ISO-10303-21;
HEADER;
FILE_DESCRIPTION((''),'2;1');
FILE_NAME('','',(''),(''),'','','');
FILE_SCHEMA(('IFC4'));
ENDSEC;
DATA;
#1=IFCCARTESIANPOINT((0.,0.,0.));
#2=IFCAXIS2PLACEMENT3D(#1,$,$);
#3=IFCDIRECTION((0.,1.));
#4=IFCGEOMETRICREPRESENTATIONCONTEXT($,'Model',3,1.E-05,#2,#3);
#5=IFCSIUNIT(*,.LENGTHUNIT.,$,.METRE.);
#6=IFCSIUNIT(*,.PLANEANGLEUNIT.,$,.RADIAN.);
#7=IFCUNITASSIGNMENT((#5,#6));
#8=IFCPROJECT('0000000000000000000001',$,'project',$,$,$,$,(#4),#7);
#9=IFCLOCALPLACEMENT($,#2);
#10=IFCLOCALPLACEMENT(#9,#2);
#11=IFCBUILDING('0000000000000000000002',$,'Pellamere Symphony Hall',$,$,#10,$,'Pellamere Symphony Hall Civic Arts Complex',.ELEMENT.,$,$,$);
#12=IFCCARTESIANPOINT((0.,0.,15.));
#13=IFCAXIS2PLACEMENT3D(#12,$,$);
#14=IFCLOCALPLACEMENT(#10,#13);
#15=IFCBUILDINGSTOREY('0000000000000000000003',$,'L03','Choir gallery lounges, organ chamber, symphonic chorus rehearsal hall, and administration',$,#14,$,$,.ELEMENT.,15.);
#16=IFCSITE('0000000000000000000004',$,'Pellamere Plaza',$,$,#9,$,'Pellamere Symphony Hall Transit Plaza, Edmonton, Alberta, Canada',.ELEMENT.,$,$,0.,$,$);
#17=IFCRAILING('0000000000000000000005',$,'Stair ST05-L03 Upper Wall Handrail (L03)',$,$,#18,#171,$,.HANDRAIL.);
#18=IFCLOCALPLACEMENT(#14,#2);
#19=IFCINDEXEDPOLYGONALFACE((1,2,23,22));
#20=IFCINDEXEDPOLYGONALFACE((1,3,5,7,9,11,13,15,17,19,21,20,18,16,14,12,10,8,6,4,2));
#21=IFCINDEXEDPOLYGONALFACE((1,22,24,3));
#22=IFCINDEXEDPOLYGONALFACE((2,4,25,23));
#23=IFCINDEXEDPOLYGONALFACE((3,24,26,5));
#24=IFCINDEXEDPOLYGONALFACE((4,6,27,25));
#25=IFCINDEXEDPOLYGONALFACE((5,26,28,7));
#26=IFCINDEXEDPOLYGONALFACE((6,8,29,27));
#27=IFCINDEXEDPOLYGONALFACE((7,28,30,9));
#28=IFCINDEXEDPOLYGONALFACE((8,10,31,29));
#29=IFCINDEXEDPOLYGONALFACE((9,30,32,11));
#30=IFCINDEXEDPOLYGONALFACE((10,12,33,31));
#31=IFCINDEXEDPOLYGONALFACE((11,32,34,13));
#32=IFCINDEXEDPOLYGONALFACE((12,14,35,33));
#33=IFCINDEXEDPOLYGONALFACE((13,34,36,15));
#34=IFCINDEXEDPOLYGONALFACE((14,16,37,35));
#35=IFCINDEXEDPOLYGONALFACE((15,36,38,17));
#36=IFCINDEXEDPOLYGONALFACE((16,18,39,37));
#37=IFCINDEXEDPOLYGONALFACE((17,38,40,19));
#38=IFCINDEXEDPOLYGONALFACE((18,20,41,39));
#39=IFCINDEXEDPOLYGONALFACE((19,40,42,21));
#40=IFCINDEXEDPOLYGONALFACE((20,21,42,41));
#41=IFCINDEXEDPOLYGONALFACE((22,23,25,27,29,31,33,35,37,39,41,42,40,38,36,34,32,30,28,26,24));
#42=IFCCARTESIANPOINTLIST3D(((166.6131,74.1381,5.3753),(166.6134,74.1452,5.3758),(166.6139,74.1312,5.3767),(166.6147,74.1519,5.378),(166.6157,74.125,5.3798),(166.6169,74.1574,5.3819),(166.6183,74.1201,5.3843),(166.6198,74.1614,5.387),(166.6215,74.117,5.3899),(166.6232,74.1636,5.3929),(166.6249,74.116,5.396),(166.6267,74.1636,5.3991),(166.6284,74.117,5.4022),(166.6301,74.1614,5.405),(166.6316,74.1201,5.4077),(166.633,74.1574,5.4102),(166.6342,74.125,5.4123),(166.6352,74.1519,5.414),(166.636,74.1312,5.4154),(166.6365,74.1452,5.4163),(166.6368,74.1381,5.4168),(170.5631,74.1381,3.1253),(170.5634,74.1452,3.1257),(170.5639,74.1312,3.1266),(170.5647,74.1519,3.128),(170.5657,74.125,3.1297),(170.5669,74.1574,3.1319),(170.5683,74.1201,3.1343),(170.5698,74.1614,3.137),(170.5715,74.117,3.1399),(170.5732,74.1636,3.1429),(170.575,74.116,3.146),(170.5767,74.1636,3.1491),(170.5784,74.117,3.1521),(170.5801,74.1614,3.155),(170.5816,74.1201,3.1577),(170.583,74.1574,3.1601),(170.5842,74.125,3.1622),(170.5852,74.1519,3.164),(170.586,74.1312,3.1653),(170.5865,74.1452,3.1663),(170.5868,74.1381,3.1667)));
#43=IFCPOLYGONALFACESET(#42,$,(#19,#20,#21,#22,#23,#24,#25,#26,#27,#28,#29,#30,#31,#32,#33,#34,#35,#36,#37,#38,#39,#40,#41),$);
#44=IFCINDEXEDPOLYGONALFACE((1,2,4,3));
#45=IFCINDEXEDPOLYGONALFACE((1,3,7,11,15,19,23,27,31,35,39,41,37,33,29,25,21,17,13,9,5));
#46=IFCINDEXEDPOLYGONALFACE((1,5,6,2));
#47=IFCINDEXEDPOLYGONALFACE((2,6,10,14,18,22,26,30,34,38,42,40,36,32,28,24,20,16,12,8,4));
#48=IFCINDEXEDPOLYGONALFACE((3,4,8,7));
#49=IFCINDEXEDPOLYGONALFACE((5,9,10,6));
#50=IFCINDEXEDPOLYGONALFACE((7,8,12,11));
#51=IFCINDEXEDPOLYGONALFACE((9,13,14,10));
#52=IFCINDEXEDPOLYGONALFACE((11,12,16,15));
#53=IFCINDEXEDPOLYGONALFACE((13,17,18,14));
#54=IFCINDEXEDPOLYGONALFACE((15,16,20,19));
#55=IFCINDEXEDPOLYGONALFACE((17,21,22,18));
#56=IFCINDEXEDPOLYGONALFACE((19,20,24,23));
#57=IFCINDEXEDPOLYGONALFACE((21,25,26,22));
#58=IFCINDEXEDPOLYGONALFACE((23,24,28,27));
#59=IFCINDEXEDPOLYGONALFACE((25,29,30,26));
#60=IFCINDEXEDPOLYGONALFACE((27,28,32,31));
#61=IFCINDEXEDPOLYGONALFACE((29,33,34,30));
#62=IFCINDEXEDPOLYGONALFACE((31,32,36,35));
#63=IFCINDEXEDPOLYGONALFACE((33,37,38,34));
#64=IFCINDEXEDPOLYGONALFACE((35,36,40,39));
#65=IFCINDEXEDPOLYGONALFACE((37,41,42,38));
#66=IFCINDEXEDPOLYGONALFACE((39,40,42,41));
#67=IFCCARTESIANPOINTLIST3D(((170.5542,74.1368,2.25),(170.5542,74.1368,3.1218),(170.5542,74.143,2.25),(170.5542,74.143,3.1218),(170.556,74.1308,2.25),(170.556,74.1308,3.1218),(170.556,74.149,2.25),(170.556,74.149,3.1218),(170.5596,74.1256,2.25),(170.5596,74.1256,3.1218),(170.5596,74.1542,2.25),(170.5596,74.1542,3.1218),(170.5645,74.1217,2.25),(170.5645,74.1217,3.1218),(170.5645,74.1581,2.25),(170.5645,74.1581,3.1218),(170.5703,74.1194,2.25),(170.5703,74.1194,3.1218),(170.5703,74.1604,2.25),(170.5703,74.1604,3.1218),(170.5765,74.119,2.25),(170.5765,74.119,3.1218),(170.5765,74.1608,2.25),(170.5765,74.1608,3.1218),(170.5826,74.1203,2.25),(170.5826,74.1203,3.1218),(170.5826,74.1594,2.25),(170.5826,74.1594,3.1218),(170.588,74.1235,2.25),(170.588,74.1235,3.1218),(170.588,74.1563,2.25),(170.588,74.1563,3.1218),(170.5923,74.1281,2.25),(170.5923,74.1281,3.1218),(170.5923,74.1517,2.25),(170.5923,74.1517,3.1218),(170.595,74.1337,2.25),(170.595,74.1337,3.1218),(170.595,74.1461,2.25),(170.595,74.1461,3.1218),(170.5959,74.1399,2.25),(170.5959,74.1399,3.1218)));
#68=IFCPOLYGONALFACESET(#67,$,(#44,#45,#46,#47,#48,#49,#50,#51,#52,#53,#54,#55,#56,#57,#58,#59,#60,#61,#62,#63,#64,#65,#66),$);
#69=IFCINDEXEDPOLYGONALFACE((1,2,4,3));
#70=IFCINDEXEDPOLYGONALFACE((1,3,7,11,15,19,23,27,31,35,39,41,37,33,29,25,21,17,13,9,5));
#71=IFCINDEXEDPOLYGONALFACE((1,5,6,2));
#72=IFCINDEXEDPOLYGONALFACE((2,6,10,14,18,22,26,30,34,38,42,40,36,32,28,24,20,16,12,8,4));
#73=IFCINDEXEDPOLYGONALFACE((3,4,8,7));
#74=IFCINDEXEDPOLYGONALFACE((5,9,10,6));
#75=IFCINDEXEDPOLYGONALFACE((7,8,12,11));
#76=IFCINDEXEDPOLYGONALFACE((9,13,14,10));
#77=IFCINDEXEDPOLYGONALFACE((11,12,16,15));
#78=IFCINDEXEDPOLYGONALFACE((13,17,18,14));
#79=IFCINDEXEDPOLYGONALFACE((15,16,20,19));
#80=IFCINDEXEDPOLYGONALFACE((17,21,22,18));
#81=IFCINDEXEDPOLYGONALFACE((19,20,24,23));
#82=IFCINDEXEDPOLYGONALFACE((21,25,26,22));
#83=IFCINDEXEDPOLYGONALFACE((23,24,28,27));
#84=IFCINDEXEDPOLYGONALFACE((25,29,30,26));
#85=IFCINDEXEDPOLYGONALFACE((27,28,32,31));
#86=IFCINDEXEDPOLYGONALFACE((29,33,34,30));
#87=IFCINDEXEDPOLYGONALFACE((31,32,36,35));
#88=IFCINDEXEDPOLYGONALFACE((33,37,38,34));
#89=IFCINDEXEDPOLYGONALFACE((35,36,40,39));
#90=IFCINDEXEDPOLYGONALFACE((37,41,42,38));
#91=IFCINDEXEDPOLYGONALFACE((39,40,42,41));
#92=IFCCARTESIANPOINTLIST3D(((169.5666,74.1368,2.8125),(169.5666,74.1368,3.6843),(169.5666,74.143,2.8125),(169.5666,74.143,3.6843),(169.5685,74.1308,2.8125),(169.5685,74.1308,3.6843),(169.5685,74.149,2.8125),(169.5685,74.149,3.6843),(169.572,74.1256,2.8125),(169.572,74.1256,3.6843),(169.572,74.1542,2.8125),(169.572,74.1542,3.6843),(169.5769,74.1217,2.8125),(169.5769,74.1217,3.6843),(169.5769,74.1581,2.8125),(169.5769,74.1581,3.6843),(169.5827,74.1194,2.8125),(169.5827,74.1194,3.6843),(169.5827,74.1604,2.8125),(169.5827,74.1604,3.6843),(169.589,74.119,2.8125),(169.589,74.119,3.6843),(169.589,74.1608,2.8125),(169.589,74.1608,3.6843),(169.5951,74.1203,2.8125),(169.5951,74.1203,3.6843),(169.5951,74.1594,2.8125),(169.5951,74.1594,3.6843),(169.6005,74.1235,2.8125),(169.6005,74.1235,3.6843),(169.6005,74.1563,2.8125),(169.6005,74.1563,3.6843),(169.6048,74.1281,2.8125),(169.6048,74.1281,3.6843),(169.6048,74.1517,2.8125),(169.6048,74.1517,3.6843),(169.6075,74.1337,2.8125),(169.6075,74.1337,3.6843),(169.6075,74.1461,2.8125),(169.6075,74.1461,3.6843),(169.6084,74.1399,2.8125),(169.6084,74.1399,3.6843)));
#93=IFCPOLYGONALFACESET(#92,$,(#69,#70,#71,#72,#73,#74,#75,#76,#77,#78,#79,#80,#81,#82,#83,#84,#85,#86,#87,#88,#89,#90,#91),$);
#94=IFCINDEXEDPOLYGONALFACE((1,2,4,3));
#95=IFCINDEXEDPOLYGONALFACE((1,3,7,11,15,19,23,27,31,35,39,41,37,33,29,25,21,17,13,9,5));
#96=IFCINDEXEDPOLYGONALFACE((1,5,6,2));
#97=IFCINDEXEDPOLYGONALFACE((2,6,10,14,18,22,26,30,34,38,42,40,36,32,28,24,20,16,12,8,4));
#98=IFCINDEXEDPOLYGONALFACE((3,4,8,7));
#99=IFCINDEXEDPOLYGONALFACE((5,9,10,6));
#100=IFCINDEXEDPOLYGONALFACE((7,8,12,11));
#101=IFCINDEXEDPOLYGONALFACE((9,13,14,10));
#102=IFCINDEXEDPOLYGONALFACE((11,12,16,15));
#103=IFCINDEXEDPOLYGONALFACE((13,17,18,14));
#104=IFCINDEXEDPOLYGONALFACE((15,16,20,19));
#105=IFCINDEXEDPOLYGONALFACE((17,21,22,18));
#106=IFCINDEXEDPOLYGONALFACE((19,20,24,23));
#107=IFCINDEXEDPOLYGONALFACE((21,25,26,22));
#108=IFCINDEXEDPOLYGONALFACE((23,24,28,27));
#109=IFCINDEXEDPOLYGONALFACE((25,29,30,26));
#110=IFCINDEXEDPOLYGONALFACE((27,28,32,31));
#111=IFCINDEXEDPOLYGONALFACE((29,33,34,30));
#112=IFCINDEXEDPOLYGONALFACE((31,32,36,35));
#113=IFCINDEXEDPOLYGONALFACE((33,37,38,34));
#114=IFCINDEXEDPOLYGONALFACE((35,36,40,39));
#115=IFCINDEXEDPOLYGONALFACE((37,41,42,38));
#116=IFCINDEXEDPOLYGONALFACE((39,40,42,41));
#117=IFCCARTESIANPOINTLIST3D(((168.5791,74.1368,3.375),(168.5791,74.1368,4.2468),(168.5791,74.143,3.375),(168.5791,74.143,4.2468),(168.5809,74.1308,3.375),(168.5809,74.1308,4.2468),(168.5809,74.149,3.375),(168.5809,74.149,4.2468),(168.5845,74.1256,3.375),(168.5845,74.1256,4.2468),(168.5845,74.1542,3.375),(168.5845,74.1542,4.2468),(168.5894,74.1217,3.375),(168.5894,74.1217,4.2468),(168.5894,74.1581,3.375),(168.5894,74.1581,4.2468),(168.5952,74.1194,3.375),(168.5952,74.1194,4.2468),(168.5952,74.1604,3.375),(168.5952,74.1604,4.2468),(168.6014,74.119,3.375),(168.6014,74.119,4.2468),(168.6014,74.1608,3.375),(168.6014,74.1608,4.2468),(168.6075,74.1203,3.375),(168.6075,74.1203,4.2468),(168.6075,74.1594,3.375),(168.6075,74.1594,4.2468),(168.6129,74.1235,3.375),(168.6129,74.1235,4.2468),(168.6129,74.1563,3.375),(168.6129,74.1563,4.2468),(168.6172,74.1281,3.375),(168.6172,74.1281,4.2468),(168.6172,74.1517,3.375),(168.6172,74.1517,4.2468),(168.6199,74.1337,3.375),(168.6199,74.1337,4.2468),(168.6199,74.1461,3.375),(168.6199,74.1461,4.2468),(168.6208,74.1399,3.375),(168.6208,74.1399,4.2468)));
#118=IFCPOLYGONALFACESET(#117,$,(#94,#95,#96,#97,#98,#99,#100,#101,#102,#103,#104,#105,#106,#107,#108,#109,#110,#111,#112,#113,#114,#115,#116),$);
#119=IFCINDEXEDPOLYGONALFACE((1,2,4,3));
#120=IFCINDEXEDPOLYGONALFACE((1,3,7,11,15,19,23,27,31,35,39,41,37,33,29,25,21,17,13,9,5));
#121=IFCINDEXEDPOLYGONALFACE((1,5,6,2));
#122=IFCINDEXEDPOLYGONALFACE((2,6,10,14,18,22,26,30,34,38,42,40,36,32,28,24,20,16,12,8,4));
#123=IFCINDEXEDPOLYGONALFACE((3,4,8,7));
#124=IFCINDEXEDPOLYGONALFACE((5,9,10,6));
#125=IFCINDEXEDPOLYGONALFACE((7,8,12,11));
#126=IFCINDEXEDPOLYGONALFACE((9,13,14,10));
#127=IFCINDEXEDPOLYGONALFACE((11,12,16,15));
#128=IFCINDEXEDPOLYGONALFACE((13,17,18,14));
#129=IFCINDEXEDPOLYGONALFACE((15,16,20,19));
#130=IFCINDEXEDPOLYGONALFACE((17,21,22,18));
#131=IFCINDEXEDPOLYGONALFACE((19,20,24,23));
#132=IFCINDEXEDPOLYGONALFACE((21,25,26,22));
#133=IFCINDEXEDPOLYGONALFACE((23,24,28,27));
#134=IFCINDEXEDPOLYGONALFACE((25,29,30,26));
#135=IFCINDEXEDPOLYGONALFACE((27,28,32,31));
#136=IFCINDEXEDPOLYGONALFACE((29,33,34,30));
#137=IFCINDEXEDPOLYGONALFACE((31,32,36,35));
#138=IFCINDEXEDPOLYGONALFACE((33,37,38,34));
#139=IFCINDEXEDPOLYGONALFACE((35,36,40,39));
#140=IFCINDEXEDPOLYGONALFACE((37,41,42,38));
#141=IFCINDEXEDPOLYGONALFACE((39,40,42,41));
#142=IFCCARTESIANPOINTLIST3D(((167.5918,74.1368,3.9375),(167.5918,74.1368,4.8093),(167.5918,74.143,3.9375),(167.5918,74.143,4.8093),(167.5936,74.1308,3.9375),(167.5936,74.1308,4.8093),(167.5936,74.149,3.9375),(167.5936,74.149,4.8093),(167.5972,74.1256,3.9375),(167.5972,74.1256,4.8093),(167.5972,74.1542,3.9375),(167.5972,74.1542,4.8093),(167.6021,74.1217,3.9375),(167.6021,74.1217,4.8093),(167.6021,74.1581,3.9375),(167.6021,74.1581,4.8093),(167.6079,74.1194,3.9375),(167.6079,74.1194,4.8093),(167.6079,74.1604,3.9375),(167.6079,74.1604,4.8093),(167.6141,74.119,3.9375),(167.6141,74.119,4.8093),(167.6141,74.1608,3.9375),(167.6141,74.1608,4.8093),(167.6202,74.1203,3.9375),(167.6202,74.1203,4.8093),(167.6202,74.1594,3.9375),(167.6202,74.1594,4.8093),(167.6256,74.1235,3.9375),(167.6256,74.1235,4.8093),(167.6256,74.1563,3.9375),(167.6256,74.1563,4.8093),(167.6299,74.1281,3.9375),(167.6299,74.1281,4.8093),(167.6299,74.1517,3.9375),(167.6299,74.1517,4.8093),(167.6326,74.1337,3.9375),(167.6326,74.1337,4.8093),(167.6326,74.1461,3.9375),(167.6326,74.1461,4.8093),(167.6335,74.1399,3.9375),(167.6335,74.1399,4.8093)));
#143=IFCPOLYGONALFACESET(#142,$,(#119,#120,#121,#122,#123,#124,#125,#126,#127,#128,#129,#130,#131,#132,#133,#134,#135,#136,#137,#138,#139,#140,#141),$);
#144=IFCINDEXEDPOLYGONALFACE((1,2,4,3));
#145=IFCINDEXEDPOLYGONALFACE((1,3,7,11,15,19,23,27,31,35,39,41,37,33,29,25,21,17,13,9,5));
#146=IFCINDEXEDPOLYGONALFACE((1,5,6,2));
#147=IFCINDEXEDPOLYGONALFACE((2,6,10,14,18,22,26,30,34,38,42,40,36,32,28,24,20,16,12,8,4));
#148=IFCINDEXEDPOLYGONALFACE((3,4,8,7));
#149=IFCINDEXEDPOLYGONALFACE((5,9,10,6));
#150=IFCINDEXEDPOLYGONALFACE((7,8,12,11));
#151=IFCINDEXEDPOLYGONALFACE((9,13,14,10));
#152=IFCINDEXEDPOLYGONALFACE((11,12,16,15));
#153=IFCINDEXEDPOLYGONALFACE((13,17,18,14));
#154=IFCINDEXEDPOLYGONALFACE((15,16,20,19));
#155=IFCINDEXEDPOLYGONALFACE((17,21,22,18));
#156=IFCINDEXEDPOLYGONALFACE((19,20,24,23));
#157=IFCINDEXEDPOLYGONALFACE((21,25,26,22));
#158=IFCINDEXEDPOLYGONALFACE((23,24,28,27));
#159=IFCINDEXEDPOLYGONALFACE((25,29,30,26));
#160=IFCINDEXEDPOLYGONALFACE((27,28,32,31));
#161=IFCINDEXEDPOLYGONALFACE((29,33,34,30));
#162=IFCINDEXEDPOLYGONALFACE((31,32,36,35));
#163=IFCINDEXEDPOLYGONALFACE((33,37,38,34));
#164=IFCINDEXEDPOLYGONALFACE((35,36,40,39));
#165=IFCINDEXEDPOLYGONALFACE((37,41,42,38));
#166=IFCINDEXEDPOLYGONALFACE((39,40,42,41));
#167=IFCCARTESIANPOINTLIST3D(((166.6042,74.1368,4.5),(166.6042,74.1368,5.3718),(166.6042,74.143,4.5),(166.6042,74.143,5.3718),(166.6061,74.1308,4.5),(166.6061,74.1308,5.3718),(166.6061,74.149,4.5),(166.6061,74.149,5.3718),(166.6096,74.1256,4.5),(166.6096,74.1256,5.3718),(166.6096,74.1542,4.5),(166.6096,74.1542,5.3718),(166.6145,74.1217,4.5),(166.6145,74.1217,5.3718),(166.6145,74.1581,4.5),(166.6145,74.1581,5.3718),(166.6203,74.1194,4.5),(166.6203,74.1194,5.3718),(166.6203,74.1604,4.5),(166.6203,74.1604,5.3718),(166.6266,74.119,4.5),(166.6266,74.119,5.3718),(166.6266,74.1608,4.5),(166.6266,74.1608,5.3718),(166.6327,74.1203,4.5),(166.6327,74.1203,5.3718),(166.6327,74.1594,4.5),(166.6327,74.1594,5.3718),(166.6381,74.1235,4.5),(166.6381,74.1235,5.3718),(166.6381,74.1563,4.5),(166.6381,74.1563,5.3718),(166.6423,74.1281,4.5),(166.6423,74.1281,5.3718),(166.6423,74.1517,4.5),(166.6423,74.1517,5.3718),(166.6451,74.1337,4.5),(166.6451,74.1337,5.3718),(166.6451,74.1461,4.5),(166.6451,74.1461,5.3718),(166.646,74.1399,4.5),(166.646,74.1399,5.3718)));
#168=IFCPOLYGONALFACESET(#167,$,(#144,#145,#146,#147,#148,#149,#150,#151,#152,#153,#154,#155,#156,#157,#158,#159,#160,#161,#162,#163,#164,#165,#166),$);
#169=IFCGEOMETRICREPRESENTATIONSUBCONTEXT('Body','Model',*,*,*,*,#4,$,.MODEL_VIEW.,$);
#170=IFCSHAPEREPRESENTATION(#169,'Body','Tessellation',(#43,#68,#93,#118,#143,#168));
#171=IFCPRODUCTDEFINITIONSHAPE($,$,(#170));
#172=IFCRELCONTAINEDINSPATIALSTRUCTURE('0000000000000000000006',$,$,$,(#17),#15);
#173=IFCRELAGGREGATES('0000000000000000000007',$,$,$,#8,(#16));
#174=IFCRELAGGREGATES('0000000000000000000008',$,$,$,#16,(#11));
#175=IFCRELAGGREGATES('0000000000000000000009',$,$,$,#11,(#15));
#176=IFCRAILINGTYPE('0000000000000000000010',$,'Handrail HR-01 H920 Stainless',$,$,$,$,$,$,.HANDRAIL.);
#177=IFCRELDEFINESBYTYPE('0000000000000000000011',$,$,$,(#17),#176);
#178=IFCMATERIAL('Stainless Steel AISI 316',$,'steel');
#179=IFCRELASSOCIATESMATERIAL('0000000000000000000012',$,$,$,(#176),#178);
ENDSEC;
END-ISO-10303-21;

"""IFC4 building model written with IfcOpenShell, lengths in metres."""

from ifc_helpers import new_model, si_unit, direction, frame, origin, origin_2d, place, context, subcontext, project, spatial, circle, extrude, material, type_object, element, save


model = new_model("IFC4")

# Units and contexts
model_context = context("Model", 3, precision=1e-05, world=origin(), true_north=direction((0.0, 1.0)))
body_context = subcontext(model_context, "Body", "Model", "MODEL_VIEW")
ifc_project = project(units=[si_unit("LENGTHUNIT", "METRE"), si_unit("PLANEANGLEUNIT", "RADIAN")], contexts=[model_context])

# Site, building, storey
site_placement = place(None, origin())
site = spatial("IfcSite", under=ifc_project, at=site_placement, Name="Pellamere Plaza", LongName="Pellamere Symphony Hall Transit Plaza, Edmonton, Alberta, Canada", CompositionType="ELEMENT", RefElevation=0.0)
building_placement = place(site_placement, origin())
building = spatial("IfcBuilding", under=site, at=building_placement, Name="Pellamere Symphony Hall", LongName="Pellamere Symphony Hall Civic Arts Complex", CompositionType="ELEMENT")
storey_placement = place(building_placement, frame((0.0, 0.0, 15.0)))
storey = spatial("IfcBuildingStorey", under=building, at=storey_placement, Name="L03", Description="Choir gallery lounges, organ chamber, symphonic chorus rehearsal hall, and administration", CompositionType="ELEMENT", Elevation=15.0)

# Railing
ifc_material_1 = material(Name="Stainless Steel AISI 316", Category="steel")
railing_type_1 = type_object("IfcRailingType", Name="Handrail HR-01 H920 Stainless", PredefinedType="HANDRAIL", material=ifc_material_1)
railing_1_placement = place(storey_placement, frame((170.575, 74.1399, 2.25)))
element("IfcRailing", 1, at=railing_1_placement, inside=storey, type_object=railing_type_1, Name="Stair ST05-L03 Upper Wall Handrail (L03)", PredefinedType="HANDRAIL", context=body_context, shape_type="SweptSolid", body=[
    extrude(circle(Radius=0.0239, at=origin_2d()), frame((0.0, 0.0, 0.896), z_axis=(-0.868917, 0.0, 0.494959), x_axis=(0.0, -1.0, 0.0)), (0.0, 0.0, 1.0), 4.5459),
    extrude(circle(Radius=0.021, at=origin_2d()), origin(), (0.0, 0.0, 1.0), 0.8718),
    extrude(circle(Radius=0.021, at=origin_2d()), frame((-0.9875, 0.0, 0.5625)), (0.0, 0.0, 1.0), 0.8718),
    extrude(circle(Radius=0.021, at=origin_2d()), frame((-1.9751, 0.0, 1.125)), (0.0, 0.0, 1.0), 0.8718),
    extrude(circle(Radius=0.021, at=origin_2d()), frame((-2.9624, 0.0, 1.6875)), (0.0, 0.0, 1.0), 0.8718),
    extrude(circle(Radius=0.021, at=origin_2d()), frame((-3.95, 0.0, 2.25)), (0.0, 0.0, 1.0), 0.8718),
])

save(model, "model.ifc")
